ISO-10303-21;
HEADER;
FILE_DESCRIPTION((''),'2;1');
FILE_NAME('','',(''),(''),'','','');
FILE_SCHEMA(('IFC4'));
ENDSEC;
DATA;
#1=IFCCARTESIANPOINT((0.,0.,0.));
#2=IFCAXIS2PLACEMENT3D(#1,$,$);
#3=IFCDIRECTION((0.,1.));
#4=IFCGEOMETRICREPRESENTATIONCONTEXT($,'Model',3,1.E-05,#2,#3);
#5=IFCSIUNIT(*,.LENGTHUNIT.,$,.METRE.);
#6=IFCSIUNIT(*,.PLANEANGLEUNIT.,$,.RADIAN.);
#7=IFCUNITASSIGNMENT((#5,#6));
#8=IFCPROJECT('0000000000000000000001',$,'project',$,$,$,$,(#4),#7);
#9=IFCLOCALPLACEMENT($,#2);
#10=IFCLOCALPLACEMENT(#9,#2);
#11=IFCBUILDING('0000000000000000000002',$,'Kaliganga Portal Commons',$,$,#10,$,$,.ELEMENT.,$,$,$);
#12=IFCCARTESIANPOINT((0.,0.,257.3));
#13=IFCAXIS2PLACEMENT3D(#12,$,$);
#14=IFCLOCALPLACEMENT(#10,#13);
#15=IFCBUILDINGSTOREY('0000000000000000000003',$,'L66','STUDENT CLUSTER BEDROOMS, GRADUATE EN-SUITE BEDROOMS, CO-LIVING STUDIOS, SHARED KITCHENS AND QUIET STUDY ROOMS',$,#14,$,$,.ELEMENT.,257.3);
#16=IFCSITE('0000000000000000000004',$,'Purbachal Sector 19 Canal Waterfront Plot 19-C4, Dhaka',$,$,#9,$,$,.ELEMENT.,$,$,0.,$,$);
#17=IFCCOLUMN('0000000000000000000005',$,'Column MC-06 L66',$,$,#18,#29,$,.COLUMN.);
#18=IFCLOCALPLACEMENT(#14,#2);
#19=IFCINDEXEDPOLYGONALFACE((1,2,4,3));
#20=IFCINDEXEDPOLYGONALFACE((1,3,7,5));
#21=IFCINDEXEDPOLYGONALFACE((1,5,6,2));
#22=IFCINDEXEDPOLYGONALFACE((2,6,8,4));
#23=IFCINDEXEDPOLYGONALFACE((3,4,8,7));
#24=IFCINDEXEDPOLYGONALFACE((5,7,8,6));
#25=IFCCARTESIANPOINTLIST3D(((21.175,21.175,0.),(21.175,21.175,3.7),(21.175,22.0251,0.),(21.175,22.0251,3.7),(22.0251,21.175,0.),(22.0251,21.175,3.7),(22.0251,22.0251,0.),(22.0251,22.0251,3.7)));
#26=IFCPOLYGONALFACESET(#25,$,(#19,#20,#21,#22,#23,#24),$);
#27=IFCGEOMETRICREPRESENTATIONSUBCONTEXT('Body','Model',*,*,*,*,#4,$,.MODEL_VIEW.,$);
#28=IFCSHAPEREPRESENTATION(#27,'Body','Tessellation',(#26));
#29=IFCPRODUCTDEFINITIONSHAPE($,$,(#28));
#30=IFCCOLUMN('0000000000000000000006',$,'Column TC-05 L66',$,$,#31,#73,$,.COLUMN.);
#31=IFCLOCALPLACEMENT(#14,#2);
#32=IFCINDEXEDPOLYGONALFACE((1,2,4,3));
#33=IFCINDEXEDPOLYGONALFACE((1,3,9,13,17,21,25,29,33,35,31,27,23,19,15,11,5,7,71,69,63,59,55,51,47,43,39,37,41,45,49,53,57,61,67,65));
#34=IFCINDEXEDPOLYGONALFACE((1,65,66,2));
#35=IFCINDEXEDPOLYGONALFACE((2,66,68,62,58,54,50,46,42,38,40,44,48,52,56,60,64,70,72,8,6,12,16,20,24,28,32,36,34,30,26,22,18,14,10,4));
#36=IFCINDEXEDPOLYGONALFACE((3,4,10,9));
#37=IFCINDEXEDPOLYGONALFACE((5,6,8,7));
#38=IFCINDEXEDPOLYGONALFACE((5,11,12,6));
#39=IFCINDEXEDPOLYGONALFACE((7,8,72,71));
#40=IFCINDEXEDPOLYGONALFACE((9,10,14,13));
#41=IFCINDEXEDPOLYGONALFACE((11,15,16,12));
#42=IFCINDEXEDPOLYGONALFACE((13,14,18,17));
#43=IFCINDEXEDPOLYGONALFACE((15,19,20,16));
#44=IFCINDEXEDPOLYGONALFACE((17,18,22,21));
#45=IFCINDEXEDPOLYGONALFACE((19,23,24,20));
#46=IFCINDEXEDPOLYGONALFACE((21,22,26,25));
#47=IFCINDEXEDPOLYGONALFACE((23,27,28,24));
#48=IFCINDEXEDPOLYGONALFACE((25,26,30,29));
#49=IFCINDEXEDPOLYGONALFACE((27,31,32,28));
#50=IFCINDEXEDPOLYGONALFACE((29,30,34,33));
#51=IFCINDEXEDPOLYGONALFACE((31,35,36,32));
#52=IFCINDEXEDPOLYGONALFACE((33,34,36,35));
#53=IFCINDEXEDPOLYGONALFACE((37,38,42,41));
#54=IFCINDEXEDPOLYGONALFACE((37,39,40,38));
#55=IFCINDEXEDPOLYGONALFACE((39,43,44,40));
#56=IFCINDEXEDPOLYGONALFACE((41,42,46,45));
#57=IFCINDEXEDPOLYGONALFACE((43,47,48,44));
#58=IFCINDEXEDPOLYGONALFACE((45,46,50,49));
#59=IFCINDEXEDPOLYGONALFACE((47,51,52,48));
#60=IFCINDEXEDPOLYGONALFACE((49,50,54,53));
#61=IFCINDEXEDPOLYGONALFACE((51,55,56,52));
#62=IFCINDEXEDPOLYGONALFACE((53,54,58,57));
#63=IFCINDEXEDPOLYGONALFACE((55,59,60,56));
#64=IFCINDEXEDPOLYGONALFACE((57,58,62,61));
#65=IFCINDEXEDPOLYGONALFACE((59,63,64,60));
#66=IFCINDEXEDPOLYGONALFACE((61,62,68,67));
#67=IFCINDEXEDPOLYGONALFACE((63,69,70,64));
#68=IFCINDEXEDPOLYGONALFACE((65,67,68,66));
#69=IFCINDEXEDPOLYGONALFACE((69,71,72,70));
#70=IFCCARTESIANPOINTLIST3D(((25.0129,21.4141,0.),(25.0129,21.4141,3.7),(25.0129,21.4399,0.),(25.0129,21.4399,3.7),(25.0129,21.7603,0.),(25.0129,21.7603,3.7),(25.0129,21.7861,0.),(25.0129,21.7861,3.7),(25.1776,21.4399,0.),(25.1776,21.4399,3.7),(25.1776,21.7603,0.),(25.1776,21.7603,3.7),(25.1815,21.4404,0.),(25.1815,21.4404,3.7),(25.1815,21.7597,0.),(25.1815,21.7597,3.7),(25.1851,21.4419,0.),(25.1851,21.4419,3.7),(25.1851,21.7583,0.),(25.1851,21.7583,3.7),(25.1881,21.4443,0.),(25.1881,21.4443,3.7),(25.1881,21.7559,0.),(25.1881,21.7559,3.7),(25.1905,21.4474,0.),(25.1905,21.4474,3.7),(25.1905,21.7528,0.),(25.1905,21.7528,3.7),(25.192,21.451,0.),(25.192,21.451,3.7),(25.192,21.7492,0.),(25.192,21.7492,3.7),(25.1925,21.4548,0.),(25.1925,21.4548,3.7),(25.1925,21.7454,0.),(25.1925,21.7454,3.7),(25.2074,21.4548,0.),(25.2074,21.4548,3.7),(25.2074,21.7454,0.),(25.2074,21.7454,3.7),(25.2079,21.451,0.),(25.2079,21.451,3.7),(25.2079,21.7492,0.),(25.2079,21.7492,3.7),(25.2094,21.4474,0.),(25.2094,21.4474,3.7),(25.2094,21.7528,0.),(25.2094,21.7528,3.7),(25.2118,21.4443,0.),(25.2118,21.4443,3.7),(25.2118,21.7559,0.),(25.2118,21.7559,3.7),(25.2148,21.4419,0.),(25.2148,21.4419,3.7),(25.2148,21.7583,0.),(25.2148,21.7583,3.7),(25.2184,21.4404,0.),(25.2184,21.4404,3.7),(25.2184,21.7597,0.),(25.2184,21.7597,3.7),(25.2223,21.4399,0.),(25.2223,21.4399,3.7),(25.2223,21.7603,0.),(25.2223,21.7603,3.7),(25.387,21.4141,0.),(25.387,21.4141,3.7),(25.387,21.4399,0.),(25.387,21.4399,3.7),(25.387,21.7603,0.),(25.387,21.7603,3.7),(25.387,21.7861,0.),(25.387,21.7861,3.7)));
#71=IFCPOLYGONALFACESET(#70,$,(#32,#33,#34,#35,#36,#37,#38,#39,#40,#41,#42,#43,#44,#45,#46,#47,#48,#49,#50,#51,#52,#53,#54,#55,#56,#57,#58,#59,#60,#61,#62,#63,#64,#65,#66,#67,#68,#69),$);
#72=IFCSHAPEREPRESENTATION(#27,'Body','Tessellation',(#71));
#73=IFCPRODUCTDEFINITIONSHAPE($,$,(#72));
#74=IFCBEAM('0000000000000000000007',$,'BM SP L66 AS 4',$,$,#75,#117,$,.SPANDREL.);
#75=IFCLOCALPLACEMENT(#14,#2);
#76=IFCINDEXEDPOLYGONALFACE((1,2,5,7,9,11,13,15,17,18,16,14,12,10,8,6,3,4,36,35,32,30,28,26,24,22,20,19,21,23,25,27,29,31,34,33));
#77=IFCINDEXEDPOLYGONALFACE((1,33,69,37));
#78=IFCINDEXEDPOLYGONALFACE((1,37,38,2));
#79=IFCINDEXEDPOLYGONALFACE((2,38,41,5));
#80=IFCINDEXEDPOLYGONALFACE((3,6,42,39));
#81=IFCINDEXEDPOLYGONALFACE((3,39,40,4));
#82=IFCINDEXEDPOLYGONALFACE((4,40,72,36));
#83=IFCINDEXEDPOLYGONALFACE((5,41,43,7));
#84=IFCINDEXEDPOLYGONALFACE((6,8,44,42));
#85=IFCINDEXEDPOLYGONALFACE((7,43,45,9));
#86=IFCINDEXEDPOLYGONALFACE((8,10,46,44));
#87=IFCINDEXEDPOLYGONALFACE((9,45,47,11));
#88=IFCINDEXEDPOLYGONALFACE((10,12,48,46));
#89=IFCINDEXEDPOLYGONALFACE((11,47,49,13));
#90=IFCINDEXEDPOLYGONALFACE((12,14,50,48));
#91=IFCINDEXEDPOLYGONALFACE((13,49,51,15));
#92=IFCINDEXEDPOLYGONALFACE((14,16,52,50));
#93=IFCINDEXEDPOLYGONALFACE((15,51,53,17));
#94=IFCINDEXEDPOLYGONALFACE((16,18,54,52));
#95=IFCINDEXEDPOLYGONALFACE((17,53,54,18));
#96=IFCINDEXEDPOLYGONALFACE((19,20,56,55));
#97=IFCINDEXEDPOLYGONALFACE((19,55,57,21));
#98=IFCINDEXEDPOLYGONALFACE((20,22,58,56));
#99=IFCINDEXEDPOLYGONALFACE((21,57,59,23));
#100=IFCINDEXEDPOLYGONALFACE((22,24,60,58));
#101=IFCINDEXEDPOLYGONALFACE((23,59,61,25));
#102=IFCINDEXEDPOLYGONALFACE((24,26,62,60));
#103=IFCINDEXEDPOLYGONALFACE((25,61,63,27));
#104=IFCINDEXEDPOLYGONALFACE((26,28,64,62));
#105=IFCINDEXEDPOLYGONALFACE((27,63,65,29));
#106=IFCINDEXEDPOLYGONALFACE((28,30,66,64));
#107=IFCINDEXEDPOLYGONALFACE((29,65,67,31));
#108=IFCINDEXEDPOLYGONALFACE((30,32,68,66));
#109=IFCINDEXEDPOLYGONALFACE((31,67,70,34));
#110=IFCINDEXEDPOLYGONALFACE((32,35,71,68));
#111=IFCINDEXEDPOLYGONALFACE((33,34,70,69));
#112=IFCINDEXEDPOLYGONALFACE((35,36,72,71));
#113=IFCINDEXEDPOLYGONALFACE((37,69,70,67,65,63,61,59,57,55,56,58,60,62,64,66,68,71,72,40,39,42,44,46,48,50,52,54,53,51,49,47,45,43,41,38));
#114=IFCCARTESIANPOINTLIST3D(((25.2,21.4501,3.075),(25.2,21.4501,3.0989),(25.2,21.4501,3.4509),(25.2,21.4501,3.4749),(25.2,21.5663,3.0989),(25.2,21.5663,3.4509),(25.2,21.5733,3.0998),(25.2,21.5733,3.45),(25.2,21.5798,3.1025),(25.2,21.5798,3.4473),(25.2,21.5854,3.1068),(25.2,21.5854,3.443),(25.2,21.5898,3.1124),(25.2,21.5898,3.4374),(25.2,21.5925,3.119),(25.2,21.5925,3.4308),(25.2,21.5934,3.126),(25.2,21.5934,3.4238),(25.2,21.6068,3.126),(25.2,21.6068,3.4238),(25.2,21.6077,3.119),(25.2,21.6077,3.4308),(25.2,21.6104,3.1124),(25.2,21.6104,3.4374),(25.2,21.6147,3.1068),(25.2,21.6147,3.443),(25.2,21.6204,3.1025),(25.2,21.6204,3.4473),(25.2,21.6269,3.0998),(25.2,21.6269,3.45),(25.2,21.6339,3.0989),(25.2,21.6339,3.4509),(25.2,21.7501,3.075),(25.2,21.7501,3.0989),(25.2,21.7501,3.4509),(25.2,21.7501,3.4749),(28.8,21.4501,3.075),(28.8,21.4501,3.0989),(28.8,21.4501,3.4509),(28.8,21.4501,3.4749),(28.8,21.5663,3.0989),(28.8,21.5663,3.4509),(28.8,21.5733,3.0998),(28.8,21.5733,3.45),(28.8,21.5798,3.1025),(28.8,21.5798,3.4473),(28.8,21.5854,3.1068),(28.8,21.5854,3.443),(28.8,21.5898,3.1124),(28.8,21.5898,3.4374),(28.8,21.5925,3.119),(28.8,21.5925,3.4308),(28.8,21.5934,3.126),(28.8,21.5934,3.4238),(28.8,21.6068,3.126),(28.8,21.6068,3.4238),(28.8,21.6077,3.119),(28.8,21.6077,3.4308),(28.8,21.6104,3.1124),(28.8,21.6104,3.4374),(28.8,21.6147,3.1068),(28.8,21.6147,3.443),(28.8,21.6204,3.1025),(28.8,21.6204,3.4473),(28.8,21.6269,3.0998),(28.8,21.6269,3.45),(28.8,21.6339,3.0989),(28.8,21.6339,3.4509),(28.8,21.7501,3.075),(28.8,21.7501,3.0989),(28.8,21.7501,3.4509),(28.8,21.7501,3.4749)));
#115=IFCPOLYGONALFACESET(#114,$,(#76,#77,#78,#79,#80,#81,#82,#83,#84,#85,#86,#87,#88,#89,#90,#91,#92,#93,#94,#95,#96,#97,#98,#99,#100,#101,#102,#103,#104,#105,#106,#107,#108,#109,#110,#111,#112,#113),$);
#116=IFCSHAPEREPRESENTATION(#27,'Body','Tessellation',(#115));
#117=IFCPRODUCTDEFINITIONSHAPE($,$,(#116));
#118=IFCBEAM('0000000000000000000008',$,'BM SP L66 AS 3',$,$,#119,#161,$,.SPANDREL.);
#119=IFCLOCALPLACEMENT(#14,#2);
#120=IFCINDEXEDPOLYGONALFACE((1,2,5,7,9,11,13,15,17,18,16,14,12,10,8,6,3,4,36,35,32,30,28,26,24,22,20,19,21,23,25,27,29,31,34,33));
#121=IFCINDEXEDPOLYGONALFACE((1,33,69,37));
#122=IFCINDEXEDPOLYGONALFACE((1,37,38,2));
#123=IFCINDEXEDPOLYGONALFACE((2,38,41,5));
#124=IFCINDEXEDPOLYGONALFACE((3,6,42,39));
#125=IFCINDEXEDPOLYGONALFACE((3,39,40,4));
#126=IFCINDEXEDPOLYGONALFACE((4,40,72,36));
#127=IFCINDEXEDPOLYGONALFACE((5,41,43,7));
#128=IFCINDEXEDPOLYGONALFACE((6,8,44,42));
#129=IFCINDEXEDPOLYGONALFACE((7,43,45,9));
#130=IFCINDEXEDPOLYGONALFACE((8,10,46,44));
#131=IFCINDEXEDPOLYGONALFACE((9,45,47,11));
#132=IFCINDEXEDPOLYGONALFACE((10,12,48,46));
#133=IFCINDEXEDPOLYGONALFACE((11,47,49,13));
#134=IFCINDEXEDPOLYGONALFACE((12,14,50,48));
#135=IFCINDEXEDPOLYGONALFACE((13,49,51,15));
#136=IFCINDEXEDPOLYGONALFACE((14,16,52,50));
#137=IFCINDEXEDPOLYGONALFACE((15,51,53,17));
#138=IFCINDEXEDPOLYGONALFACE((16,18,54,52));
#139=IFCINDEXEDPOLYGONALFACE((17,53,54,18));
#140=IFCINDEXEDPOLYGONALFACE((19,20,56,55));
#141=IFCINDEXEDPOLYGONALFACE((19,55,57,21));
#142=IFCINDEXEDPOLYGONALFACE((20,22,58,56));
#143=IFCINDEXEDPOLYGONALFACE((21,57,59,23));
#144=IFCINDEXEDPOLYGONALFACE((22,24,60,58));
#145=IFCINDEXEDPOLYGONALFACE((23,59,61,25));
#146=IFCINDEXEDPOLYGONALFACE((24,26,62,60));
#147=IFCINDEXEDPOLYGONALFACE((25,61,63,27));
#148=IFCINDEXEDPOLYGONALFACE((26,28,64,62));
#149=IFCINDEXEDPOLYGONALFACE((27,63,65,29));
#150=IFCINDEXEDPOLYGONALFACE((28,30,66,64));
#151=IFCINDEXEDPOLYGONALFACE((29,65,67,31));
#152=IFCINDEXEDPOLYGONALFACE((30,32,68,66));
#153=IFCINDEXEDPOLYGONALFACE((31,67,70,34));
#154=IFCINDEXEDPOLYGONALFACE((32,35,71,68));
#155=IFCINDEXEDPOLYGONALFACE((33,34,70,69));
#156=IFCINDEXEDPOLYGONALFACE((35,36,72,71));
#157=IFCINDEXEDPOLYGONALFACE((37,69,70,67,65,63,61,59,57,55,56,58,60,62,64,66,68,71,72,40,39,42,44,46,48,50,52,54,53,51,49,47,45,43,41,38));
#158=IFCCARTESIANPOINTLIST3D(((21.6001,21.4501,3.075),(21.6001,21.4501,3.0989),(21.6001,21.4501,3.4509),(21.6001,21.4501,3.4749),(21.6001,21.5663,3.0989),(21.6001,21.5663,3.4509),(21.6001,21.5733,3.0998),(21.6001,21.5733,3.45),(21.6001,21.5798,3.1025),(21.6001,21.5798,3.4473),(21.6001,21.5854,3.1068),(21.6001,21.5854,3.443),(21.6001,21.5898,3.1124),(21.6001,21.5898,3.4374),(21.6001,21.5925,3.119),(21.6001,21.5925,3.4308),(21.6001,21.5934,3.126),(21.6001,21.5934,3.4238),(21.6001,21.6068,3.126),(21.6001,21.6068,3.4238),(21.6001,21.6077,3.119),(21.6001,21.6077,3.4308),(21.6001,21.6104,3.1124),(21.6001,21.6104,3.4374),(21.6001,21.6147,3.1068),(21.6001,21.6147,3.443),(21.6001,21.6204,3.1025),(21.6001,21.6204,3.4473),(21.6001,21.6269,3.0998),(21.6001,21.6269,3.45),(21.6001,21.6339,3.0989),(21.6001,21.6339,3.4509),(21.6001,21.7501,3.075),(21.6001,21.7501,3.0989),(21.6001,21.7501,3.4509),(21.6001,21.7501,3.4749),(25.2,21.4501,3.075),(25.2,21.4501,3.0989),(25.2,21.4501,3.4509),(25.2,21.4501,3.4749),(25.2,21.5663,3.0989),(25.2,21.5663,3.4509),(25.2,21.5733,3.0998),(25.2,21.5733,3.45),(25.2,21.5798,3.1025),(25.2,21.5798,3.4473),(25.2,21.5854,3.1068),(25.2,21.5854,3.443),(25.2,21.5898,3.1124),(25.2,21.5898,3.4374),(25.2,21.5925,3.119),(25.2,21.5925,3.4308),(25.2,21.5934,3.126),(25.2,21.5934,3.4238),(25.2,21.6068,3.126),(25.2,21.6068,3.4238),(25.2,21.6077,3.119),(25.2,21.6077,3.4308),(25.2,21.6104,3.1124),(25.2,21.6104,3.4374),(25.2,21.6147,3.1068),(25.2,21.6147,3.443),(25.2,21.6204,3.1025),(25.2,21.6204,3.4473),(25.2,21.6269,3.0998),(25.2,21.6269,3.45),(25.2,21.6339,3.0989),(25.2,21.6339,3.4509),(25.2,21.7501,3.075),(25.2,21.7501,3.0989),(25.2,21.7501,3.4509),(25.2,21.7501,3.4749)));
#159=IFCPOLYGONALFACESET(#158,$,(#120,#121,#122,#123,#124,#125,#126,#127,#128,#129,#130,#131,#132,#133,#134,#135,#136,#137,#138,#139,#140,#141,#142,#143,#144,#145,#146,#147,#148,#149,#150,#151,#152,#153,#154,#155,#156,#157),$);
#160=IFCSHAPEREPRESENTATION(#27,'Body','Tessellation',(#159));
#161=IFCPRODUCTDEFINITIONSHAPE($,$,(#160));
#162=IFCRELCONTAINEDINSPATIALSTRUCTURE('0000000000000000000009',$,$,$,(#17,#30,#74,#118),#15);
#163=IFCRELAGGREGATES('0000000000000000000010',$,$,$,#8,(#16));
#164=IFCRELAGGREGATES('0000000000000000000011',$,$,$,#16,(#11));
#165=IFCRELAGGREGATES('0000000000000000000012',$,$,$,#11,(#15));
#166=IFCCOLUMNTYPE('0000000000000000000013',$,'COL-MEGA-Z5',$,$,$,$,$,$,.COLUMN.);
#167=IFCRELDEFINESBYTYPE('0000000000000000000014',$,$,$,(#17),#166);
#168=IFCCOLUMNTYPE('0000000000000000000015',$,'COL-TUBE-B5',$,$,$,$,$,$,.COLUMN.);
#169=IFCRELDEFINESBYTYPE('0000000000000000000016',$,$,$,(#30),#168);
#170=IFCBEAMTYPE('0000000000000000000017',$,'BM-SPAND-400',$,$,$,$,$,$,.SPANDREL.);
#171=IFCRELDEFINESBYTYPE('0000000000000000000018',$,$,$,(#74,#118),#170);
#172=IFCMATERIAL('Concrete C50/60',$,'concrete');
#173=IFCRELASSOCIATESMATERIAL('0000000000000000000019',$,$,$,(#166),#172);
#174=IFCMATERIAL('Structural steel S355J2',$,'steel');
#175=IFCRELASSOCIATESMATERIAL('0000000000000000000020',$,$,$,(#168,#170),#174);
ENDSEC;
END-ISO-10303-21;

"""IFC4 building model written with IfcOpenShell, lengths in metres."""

from ifc_helpers import new_model, si_unit, direction, frame, origin, origin_2d, place, context, subcontext, project, spatial, rectangle, i_section, extrude, source, transform, mapped, material, material_profile, profile_set, type_object, element, save


model = new_model("IFC4")

# Units and contexts
model_context = context("Model", 3, precision=1e-05, world=origin(), true_north=direction((0.0, 1.0)))
body_context = subcontext(model_context, "Body", "Model", "MODEL_VIEW")
ifc_project = project(units=[si_unit("LENGTHUNIT", "METRE"), si_unit("PLANEANGLEUNIT", "RADIAN")], contexts=[model_context])

# Site, building, storey
site_placement = place(None, origin())
site = spatial("IfcSite", under=ifc_project, at=site_placement, Name="Purbachal Sector 19 Canal Waterfront Plot 19-C4, Dhaka", CompositionType="ELEMENT", RefElevation=0.0)
building_placement = place(site_placement, origin())
building = spatial("IfcBuilding", under=site, at=building_placement, Name="Kaliganga Portal Commons", CompositionType="ELEMENT")
storey_placement = place(building_placement, frame((0.0, 0.0, 257.3)))
storey = spatial("IfcBuildingStorey", under=building, at=storey_placement, Name="L66", Description="STUDENT CLUSTER BEDROOMS, GRADUATE EN-SUITE BEDROOMS, CO-LIVING STUDIOS, SHARED KITCHENS AND QUIET STUDY ROOMS", CompositionType="ELEMENT", Elevation=257.3)

# Columns
ifc_material_1 = material(Name="Concrete C50/60", Category="concrete")
ifc_material_profile_1 = material_profile(ifc_material_1, rectangle(XDim=0.8501, YDim=0.8501, at=origin_2d()), Name="RC 850x850")
ifc_profile_set_1 = profile_set([ifc_material_profile_1], Name="Concrete C50/60")
column_type_1 = type_object("IfcColumnType", Name="COL-MEGA-Z5", PredefinedType="COLUMN", material=ifc_profile_set_1)
shared_shape_1 = source(origin(), body_context, "Body", "SweptSolid", [
    extrude(rectangle(XDim=0.8501, YDim=0.8501, at=origin_2d()), origin(), (0.0, 0.0, 1.0), 3.7),
])
column_1_placement = place(storey_placement, frame((21.6001, 21.6001, 0.0), z_axis=(0.0, 0.0, 1.0), x_axis=(1.0, 0.0, 0.0)))
element("IfcColumn", 1, at=column_1_placement, inside=storey, type_object=column_type_1, Name="Column MC-06 L66", PredefinedType="COLUMN", context=body_context, shape_type="MappedRepresentation", body=[
    mapped(shared_shape_1, transform((0.0, 0.0, 0.0), x_axis=(1.0, 0.0, 0.0), y_axis=(0.0, 1.0, 0.0), z_axis=(0.0, 0.0, 1.0), scale=1.0)),
])
ifc_material_2 = material(Name="Structural steel S355J2", Category="steel")
ifc_material_profile_2 = material_profile(ifc_material_2, i_section(OverallWidth=0.374, OverallDepth=0.3721, WebThickness=0.0149, FlangeThickness=0.0259, FilletRadius=0.0149, at=origin_2d()), Name="HD 360x196")
ifc_profile_set_2 = profile_set([ifc_material_profile_2], Name="Structural steel S355J2 wide-flange")
column_type_2 = type_object("IfcColumnType", Name="COL-TUBE-B5", PredefinedType="COLUMN", material=ifc_profile_set_2)
shared_shape_2 = source(origin(), body_context, "Body", "SweptSolid", [
    extrude(i_section(OverallWidth=0.374, OverallDepth=0.3721, WebThickness=0.0149, FlangeThickness=0.0259, FilletRadius=0.0149, at=origin_2d()), origin(), (0.0, 0.0, 1.0), 3.7),
])
column_2_placement = place(storey_placement, frame((25.2, 21.6001, 0.0), z_axis=(0.0, 0.0, 1.0), x_axis=(1.0, 0.0, 0.0)))
element("IfcColumn", 2, at=column_2_placement, inside=storey, type_object=column_type_2, Name="Column TC-05 L66", PredefinedType="COLUMN", context=body_context, shape_type="MappedRepresentation", body=[
    mapped(shared_shape_2, transform((0.0, 0.0, 0.0), x_axis=(1.0, 0.0, 0.0), y_axis=(0.0, 1.0, 0.0), z_axis=(0.0, 0.0, 1.0), scale=1.0)),
])

# Beams
ifc_material_profile_3 = material_profile(ifc_material_2, i_section(OverallWidth=0.3, OverallDepth=0.3999, WebThickness=0.0134, FlangeThickness=0.0239, FilletRadius=0.0271, at=origin_2d()), Name="HE 400 B")
ifc_profile_set_3 = profile_set([ifc_material_profile_3], Name="Structural steel S355J2 wide-flange")
beam_type_1 = type_object("IfcBeamType", Name="BM-SPAND-400", PredefinedType="SPANDREL", material=ifc_profile_set_3)
shared_shape_3 = source(origin(), body_context, "Body", "SweptSolid", [
    extrude(i_section(OverallWidth=0.3, OverallDepth=0.3999, WebThickness=0.0134, FlangeThickness=0.0239, FilletRadius=0.0271, at=origin_2d()), origin(), (0.0, 0.0, 1.0), 3.6001),
])
beam_1_placement = place(storey_placement, frame((25.2, 21.6001, 3.2749), z_axis=(1.0, 0.0, 0.0), x_axis=(0.0, 1.0, 0.0)))
element("IfcBeam", 3, at=beam_1_placement, inside=storey, type_object=beam_type_1, Name="BM SP L66 AS 4", PredefinedType="SPANDREL", context=body_context, shape_type="MappedRepresentation", body=[
    mapped(shared_shape_3, transform((0.0, 0.0, 0.0), x_axis=(1.0, 0.0, 0.0), y_axis=(0.0, 1.0, 0.0), z_axis=(0.0, 0.0, 1.0), scale=1.0)),
])
shared_shape_4 = source(origin(), body_context, "Body", "SweptSolid", [
    extrude(i_section(OverallWidth=0.3, OverallDepth=0.3999, WebThickness=0.0134, FlangeThickness=0.0239, FilletRadius=0.0271, at=origin_2d()), origin(), (0.0, 0.0, 1.0), 3.5999),
])
beam_2_placement = place(storey_placement, frame((21.6001, 21.6001, 3.2749), z_axis=(1.0, 0.0, 0.0), x_axis=(0.0, 1.0, 0.0)))
element("IfcBeam", 4, at=beam_2_placement, inside=storey, type_object=beam_type_1, Name="BM SP L66 AS 3", PredefinedType="SPANDREL", context=body_context, shape_type="MappedRepresentation", body=[
    mapped(shared_shape_4, transform((0.0, 0.0, 0.0), x_axis=(1.0, 0.0, 0.0), y_axis=(0.0, 1.0, 0.0), z_axis=(0.0, 0.0, 1.0), scale=1.0)),
])

save(model, "model.ifc")
